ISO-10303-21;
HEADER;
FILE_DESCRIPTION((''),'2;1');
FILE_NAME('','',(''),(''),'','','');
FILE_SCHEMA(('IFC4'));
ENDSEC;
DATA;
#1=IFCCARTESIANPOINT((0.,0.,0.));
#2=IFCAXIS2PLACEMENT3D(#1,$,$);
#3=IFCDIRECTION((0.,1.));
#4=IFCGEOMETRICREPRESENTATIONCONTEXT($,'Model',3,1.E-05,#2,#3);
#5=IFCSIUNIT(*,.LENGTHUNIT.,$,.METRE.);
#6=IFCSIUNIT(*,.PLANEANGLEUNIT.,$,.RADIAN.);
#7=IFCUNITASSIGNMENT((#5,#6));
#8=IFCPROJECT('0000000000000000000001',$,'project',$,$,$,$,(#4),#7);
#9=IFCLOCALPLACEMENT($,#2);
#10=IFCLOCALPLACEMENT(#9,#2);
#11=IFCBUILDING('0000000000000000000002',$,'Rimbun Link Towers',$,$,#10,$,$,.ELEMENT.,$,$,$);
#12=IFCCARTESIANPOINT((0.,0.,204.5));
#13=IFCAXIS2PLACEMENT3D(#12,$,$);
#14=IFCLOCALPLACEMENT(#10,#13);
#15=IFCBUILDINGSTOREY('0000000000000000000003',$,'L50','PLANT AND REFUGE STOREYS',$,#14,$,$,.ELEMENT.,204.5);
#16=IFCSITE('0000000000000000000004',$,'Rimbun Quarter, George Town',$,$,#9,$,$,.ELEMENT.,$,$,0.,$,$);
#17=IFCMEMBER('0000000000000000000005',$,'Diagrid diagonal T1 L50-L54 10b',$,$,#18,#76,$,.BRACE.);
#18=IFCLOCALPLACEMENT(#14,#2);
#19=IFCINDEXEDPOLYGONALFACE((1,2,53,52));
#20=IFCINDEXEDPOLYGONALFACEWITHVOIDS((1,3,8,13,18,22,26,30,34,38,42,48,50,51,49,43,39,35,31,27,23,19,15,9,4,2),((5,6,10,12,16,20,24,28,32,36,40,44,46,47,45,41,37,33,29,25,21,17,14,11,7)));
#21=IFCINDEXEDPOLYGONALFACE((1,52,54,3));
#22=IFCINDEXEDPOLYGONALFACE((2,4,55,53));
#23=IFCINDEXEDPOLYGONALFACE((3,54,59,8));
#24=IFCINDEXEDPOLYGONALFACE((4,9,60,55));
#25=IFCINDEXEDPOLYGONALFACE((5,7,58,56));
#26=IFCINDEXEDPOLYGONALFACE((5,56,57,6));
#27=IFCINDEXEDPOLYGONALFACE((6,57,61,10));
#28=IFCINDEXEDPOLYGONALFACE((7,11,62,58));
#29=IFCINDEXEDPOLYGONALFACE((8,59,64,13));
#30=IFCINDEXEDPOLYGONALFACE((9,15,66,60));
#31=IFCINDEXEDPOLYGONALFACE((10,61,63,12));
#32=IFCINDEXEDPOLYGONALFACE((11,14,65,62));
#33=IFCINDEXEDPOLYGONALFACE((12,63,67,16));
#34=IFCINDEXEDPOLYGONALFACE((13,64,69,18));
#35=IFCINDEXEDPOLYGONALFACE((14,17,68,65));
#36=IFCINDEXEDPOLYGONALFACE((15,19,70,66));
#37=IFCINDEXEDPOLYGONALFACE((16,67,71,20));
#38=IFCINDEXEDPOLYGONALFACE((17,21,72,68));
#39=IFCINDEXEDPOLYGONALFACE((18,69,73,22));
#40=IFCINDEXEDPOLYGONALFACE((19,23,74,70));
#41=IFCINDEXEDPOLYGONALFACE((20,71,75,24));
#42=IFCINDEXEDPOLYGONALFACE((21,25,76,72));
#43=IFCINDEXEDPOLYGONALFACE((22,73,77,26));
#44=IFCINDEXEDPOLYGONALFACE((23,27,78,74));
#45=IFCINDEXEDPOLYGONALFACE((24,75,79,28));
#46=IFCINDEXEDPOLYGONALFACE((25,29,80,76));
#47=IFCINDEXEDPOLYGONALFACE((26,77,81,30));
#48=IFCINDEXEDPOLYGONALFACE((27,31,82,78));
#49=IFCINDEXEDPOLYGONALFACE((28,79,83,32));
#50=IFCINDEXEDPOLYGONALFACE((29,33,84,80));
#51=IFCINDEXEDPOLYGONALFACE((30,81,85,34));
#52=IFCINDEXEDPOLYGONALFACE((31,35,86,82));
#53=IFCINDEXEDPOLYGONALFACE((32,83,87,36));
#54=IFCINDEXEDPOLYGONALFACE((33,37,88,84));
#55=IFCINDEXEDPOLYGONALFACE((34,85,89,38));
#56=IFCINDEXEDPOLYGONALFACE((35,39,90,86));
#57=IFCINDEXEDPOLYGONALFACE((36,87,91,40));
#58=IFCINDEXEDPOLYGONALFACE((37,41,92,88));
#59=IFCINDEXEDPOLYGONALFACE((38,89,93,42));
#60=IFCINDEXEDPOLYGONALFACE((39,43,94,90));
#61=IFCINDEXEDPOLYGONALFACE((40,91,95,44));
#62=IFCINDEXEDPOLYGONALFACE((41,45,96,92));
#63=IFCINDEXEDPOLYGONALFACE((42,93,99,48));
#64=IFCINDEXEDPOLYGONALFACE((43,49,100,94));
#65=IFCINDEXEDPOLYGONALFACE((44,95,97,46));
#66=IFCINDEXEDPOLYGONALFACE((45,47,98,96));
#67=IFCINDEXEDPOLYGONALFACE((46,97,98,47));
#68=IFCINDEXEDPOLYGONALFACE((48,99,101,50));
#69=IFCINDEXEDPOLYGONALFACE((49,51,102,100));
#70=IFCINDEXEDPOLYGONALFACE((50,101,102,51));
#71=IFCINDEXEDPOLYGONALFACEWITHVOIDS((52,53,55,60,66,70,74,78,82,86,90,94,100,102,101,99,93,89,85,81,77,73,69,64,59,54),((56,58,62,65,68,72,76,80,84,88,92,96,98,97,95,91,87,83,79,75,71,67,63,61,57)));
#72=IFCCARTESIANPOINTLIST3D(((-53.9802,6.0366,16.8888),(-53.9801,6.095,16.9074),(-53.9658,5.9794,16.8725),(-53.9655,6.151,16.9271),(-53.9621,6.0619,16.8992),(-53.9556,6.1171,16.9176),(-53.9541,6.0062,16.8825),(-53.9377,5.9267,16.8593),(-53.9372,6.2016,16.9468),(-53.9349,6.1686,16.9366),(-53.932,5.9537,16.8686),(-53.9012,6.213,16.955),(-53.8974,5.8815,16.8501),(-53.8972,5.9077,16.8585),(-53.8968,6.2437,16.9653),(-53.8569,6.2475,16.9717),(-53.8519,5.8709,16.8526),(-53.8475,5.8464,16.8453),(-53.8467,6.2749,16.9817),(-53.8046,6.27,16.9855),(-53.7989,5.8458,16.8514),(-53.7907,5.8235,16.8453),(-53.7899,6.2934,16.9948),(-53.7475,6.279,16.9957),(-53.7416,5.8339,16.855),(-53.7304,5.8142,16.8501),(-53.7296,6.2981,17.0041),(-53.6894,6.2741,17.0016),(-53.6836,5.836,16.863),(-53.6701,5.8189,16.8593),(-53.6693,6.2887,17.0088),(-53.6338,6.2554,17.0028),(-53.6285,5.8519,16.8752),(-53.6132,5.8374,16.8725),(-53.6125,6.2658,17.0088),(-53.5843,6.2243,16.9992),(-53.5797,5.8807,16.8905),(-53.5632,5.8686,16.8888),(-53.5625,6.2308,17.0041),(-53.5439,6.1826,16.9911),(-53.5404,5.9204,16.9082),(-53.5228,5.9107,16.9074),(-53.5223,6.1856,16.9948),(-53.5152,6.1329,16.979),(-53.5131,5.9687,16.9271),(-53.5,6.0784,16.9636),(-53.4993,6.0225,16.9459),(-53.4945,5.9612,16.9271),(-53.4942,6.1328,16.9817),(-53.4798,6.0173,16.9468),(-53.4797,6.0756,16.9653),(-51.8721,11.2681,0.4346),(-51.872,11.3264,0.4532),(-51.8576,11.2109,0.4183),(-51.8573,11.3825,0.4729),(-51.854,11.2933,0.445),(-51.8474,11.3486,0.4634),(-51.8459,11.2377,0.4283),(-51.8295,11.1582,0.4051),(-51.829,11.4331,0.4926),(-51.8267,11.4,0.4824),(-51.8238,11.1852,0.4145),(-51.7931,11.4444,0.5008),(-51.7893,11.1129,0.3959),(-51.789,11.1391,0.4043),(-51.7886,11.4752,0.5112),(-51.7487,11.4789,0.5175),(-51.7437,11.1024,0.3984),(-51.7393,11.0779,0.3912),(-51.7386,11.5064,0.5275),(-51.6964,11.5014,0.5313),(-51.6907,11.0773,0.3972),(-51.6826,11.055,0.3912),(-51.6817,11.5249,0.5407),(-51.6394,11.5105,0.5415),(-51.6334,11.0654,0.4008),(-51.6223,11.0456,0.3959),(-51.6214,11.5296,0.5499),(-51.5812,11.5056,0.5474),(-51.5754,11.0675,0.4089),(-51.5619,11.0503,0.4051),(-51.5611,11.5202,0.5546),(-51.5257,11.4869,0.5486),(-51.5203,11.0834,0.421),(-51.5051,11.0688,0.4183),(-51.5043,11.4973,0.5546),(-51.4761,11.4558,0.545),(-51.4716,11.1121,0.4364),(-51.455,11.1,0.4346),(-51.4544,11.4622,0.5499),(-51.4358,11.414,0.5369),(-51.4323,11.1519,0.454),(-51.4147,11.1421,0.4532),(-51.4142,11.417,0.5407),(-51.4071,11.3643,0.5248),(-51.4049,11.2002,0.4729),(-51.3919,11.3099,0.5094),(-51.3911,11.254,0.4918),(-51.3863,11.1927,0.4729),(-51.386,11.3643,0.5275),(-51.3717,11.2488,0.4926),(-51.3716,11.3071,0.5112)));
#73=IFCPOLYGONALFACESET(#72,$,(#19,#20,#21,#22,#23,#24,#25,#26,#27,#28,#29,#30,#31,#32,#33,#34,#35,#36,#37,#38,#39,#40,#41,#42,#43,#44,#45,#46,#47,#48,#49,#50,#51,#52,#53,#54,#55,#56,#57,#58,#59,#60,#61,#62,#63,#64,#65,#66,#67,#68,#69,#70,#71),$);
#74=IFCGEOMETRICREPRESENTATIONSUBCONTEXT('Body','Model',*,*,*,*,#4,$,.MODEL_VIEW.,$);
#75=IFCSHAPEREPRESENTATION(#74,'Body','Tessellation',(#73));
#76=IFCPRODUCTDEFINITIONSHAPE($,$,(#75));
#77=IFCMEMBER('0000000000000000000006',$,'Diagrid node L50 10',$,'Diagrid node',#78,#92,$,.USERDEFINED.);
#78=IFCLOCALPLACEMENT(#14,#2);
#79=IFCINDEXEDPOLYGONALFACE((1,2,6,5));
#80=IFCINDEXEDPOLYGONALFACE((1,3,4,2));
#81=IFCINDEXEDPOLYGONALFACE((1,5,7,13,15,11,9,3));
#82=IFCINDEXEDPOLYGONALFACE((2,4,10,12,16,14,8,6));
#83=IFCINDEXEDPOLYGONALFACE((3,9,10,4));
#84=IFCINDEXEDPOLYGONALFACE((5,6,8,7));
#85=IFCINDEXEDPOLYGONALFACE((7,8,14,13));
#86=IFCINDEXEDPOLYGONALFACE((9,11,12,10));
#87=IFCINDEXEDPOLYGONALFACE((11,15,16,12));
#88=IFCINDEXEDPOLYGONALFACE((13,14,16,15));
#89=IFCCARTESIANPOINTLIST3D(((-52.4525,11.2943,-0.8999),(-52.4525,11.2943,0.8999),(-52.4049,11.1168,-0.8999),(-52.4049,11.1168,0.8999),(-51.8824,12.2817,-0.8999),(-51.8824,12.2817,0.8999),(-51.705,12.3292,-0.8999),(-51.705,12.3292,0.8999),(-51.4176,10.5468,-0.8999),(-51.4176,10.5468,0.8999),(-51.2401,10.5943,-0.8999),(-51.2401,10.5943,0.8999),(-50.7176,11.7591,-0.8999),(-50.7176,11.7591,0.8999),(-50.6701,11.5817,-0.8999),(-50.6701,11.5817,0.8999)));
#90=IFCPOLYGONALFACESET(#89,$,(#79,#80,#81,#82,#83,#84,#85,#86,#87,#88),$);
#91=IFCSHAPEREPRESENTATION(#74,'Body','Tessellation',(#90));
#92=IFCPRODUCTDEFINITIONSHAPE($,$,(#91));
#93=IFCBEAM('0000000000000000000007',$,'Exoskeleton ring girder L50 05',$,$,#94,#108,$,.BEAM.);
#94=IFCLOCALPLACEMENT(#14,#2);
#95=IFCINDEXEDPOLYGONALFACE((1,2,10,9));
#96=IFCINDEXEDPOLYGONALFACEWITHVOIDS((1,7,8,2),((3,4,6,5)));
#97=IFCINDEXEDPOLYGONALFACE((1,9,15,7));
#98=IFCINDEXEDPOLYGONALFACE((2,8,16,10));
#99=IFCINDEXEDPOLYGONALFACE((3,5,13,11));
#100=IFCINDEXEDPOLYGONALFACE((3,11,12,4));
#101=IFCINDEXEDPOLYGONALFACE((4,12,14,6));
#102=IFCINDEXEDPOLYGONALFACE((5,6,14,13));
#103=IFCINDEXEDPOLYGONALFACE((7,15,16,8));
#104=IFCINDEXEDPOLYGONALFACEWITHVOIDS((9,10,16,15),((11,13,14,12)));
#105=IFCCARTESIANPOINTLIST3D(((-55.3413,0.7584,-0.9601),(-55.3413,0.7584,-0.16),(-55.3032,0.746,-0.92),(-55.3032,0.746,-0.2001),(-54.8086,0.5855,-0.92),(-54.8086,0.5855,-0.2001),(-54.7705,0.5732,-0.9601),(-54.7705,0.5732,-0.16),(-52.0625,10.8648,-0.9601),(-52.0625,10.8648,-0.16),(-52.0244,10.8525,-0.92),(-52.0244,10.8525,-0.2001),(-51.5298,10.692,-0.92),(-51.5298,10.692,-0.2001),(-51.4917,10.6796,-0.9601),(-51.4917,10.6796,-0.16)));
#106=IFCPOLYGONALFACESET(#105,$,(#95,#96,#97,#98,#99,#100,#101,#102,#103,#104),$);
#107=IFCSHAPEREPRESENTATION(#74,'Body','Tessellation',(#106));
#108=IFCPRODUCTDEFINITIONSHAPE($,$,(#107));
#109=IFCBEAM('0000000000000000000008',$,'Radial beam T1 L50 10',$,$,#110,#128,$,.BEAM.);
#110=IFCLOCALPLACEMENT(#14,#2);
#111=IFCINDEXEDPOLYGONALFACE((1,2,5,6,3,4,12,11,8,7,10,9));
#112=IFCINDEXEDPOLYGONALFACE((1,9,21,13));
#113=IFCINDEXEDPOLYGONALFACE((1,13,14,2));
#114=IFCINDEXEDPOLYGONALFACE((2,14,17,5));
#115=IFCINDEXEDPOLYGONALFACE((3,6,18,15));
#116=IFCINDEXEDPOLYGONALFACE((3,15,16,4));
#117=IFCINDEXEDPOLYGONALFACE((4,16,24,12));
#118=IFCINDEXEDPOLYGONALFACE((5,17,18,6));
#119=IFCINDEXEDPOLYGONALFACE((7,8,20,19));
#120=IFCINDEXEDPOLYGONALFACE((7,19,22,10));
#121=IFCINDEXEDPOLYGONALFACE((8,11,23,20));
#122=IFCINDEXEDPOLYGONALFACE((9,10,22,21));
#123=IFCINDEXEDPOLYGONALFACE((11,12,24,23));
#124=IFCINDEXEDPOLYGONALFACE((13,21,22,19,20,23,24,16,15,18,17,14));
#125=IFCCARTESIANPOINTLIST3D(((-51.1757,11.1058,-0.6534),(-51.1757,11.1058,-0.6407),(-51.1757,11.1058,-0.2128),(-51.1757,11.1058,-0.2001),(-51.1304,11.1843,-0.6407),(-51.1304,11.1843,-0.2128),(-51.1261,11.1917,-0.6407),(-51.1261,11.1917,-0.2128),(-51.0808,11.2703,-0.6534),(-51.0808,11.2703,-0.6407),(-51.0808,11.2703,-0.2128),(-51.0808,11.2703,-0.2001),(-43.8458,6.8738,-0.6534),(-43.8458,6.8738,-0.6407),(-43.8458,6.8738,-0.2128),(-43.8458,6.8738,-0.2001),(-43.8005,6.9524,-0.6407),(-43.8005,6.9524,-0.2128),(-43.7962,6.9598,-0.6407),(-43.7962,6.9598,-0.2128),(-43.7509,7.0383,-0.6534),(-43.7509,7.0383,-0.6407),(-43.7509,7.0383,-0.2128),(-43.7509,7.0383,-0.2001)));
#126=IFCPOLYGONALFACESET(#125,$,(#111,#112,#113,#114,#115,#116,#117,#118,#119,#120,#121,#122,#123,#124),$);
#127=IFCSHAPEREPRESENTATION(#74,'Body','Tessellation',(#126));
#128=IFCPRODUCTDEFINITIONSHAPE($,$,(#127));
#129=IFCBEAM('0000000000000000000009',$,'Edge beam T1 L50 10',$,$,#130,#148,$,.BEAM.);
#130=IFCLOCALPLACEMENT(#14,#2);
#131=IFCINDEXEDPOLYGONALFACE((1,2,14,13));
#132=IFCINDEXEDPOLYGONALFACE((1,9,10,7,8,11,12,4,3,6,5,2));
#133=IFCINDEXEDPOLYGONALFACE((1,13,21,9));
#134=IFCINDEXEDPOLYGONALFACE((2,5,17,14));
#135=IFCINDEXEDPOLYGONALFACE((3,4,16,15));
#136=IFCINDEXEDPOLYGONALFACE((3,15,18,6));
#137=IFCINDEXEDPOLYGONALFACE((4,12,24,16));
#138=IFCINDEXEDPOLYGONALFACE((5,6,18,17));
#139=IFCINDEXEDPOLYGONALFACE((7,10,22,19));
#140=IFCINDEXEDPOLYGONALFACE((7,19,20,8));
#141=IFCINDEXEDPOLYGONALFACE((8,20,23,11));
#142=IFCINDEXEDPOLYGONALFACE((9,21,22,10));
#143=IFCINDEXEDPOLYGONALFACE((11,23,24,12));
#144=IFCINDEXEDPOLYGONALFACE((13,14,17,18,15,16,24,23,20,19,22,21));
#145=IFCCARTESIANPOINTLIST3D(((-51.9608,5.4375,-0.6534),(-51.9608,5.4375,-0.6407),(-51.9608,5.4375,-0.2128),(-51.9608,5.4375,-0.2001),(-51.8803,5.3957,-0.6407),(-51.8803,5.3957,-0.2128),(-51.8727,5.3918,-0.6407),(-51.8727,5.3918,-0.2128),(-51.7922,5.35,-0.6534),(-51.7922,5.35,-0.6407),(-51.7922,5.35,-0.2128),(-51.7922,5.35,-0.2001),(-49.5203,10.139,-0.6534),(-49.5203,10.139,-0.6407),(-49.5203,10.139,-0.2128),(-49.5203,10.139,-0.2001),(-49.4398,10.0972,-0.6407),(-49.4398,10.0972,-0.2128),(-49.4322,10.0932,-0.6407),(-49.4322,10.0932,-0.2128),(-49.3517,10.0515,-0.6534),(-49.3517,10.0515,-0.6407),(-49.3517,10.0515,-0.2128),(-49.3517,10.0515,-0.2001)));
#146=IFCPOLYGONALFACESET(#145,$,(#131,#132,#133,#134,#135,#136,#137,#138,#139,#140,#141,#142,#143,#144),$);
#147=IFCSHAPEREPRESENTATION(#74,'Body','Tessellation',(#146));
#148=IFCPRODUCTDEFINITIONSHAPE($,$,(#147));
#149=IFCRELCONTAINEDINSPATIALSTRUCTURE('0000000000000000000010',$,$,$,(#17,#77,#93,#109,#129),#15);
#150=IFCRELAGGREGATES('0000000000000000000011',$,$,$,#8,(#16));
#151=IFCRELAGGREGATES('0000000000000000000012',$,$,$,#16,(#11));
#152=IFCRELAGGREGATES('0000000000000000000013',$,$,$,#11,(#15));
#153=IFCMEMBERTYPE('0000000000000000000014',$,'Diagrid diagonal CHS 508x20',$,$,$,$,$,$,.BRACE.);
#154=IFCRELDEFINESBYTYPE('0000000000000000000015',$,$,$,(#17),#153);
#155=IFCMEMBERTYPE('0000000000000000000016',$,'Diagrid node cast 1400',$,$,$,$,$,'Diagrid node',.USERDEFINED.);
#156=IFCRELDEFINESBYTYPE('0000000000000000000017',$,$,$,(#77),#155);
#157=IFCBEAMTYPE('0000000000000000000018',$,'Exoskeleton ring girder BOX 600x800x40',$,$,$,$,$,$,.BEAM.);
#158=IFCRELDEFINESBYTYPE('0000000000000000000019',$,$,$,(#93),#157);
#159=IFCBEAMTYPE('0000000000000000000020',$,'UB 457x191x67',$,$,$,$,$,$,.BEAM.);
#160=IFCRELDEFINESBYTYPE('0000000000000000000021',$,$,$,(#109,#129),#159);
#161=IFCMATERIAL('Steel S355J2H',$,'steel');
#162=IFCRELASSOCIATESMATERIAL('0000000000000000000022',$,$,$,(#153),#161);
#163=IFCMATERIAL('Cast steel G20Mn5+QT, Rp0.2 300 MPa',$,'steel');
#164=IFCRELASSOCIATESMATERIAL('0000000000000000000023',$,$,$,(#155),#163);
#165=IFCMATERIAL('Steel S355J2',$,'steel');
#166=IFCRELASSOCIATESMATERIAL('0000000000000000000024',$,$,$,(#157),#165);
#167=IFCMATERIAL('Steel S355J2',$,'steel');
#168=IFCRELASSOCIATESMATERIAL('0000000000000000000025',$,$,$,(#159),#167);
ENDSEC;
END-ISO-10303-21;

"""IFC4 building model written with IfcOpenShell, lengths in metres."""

from ifc_helpers import new_model, si_unit, direction, frame, origin, origin_2d, place, context, subcontext, project, spatial, polyline, hollow_rectangle, hollow_circle, i_section, outline, extrude, material, material_profile, profile_set, type_object, element, save


model = new_model("IFC4")

# Units and contexts
model_context = context("Model", 3, precision=1e-05, world=origin(), true_north=direction((0.0, 1.0)))
body_context = subcontext(model_context, "Body", "Model", "MODEL_VIEW")
ifc_project = project(units=[si_unit("LENGTHUNIT", "METRE"), si_unit("PLANEANGLEUNIT", "RADIAN")], contexts=[model_context])

# Site, building, storey
site_placement = place(None, origin())
site = spatial("IfcSite", under=ifc_project, at=site_placement, Name="Rimbun Quarter, George Town", CompositionType="ELEMENT", RefElevation=0.0)
building_placement = place(site_placement, origin())
building = spatial("IfcBuilding", under=site, at=building_placement, Name="Rimbun Link Towers", CompositionType="ELEMENT")
storey_placement = place(building_placement, frame((0.0, 0.0, 204.5)))
storey = spatial("IfcBuildingStorey", under=building, at=storey_placement, Name="L50", Description="PLANT AND REFUGE STOREYS", CompositionType="ELEMENT", Elevation=204.5)

# Members
ifc_material_1 = material(Name="Steel S355J2H", Category="steel")
ifc_material_profile_1 = material_profile(ifc_material_1, hollow_circle(Radius=0.2539, WallThickness=0.02, at=origin_2d()), Name="Diagrid diagonal CHS 508x20")
ifc_profile_set_1 = profile_set([ifc_material_profile_1], Name="Steel S355J2H")
member_type_1 = type_object("IfcMemberType", Name="Diagrid diagonal CHS 508x20", PredefinedType="BRACE", material=ifc_profile_set_1)
member_1_placement = place(storey_placement, frame((-51.6218, 11.2876, 0.4729), z_axis=(-0.1212, -0.300762, 0.945966), x_axis=(0.927521, -0.37377, 0.0)))
element("IfcMember", 1, at=member_1_placement, inside=storey, type_object=member_type_1, Name="Diagrid diagonal T1 L50-L54 10b", PredefinedType="BRACE", context=body_context, shape_type="SweptSolid", body=[
    extrude(hollow_circle(Radius=0.2539, WallThickness=0.02, at=origin_2d()), origin(), (0.0, 0.0, 1.0), 17.394),
])
ifc_material_2 = material(Name="Cast steel G20Mn5+QT, Rp0.2 300 MPa", Category="steel")
ifc_material_profile_2 = material_profile(ifc_material_2, outline(polyline([(0.7, -0.5701), (0.7, 0.5701), (0.5701, 0.7), (-0.5701, 0.7), (-0.7, 0.5701), (-0.7, -0.5701), (-0.5701, -0.7), (0.5701, -0.7), (0.7, -0.5701)])), Name="NODE 1400x1400")
ifc_profile_set_2 = profile_set([ifc_material_profile_2], Name="Cast steel G20Mn5+QT, Rp0.2 300 MPa")
member_type_2 = type_object("IfcMemberType", Name="Diagrid node cast 1400", ElementType="Diagrid node", PredefinedType="USERDEFINED", material=ifc_profile_set_2)
member_2_placement = place(storey_placement, frame((-51.5613, 11.438, -0.8999), z_axis=(0.0, 0.0, 1.0), x_axis=(-0.866025, 0.5, 0.0)))
element("IfcMember", 2, at=member_2_placement, inside=storey, type_object=member_type_2, Name="Diagrid node L50 10", ObjectType="Diagrid node", PredefinedType="USERDEFINED", context=body_context, shape_type="SweptSolid", body=[
    extrude(outline(polyline([(0.7, -0.5701), (0.7, 0.5701), (0.5701, 0.7), (-0.5701, 0.7), (-0.7, 0.5701), (-0.7, -0.5701), (-0.5701, -0.7), (0.5701, -0.7), (0.7, -0.5701)])), origin(), (0.0, 0.0, 1.0), 1.7998),
])

# Beams
ifc_material_3 = material(Name="Steel S355J2", Category="steel")
ifc_material_profile_3 = material_profile(ifc_material_3, hollow_rectangle(XDim=0.6001, YDim=0.8, WallThickness=0.04, at=origin_2d()), Name="Exoskeleton ring girder BOX 600x800x40")
ifc_profile_set_3 = profile_set([ifc_material_profile_3], Name="Steel S355J2")
beam_type_1 = type_object("IfcBeamType", Name="Exoskeleton ring girder BOX 600x800x40", PredefinedType="BEAM", material=ifc_profile_set_3)
beam_1_placement = place(storey_placement, frame((-51.7771, 10.7722, -0.5601), z_axis=(-0.308593, -0.951194, 0.0), x_axis=(0.951194, -0.308593, 0.0)))
element("IfcBeam", 3, at=beam_1_placement, inside=storey, type_object=beam_type_1, Name="Exoskeleton ring girder L50 05", PredefinedType="BEAM", context=body_context, shape_type="SweptSolid", body=[
    extrude(hollow_rectangle(XDim=0.6001, YDim=0.8, WallThickness=0.04, at=origin_2d()), origin(), (0.0, 0.0, 1.0), 10.625),
])
ifc_material_4 = material(Name="Steel S355J2", Category="steel")
ifc_material_profile_4 = material_profile(ifc_material_4, i_section(OverallWidth=0.1899, OverallDepth=0.4534, WebThickness=0.0085, FlangeThickness=0.0127, at=origin_2d()), Name="UB 457x191x67")
ifc_profile_set_4 = profile_set([ifc_material_profile_4], Name="Steel S355J2")
beam_type_2 = type_object("IfcBeamType", Name="UB 457x191x67", PredefinedType="BEAM", material=ifc_profile_set_4)
beam_2_placement = place(storey_placement, frame((-43.7983, 6.9561, -0.4268), z_axis=(-0.866023, 0.500005, 0.0), x_axis=(-0.500005, -0.866023, 0.0)))
element("IfcBeam", 4, at=beam_2_placement, inside=storey, type_object=beam_type_2, Name="Radial beam T1 L50 10", PredefinedType="BEAM", context=body_context, shape_type="SweptSolid", body=[
    extrude(i_section(OverallWidth=0.1899, OverallDepth=0.4534, WebThickness=0.0085, FlangeThickness=0.0127, at=origin_2d()), origin(), (0.0, 0.0, 1.0), 8.4639),
])
beam_3_placement = place(storey_placement, frame((-49.436, 10.0952, -0.4268), z_axis=(-0.460713, -0.887549, 0.0), x_axis=(0.887549, -0.460713, 0.0)))
element("IfcBeam", 5, at=beam_3_placement, inside=storey, type_object=beam_type_2, Name="Edge beam T1 L50 10", PredefinedType="BEAM", context=body_context, shape_type="SweptSolid", body=[
    extrude(i_section(OverallWidth=0.1899, OverallDepth=0.4534, WebThickness=0.0085, FlangeThickness=0.0127, at=origin_2d()), origin(), (0.0, 0.0, 1.0), 5.2971),
])

save(model, "model.ifc")
